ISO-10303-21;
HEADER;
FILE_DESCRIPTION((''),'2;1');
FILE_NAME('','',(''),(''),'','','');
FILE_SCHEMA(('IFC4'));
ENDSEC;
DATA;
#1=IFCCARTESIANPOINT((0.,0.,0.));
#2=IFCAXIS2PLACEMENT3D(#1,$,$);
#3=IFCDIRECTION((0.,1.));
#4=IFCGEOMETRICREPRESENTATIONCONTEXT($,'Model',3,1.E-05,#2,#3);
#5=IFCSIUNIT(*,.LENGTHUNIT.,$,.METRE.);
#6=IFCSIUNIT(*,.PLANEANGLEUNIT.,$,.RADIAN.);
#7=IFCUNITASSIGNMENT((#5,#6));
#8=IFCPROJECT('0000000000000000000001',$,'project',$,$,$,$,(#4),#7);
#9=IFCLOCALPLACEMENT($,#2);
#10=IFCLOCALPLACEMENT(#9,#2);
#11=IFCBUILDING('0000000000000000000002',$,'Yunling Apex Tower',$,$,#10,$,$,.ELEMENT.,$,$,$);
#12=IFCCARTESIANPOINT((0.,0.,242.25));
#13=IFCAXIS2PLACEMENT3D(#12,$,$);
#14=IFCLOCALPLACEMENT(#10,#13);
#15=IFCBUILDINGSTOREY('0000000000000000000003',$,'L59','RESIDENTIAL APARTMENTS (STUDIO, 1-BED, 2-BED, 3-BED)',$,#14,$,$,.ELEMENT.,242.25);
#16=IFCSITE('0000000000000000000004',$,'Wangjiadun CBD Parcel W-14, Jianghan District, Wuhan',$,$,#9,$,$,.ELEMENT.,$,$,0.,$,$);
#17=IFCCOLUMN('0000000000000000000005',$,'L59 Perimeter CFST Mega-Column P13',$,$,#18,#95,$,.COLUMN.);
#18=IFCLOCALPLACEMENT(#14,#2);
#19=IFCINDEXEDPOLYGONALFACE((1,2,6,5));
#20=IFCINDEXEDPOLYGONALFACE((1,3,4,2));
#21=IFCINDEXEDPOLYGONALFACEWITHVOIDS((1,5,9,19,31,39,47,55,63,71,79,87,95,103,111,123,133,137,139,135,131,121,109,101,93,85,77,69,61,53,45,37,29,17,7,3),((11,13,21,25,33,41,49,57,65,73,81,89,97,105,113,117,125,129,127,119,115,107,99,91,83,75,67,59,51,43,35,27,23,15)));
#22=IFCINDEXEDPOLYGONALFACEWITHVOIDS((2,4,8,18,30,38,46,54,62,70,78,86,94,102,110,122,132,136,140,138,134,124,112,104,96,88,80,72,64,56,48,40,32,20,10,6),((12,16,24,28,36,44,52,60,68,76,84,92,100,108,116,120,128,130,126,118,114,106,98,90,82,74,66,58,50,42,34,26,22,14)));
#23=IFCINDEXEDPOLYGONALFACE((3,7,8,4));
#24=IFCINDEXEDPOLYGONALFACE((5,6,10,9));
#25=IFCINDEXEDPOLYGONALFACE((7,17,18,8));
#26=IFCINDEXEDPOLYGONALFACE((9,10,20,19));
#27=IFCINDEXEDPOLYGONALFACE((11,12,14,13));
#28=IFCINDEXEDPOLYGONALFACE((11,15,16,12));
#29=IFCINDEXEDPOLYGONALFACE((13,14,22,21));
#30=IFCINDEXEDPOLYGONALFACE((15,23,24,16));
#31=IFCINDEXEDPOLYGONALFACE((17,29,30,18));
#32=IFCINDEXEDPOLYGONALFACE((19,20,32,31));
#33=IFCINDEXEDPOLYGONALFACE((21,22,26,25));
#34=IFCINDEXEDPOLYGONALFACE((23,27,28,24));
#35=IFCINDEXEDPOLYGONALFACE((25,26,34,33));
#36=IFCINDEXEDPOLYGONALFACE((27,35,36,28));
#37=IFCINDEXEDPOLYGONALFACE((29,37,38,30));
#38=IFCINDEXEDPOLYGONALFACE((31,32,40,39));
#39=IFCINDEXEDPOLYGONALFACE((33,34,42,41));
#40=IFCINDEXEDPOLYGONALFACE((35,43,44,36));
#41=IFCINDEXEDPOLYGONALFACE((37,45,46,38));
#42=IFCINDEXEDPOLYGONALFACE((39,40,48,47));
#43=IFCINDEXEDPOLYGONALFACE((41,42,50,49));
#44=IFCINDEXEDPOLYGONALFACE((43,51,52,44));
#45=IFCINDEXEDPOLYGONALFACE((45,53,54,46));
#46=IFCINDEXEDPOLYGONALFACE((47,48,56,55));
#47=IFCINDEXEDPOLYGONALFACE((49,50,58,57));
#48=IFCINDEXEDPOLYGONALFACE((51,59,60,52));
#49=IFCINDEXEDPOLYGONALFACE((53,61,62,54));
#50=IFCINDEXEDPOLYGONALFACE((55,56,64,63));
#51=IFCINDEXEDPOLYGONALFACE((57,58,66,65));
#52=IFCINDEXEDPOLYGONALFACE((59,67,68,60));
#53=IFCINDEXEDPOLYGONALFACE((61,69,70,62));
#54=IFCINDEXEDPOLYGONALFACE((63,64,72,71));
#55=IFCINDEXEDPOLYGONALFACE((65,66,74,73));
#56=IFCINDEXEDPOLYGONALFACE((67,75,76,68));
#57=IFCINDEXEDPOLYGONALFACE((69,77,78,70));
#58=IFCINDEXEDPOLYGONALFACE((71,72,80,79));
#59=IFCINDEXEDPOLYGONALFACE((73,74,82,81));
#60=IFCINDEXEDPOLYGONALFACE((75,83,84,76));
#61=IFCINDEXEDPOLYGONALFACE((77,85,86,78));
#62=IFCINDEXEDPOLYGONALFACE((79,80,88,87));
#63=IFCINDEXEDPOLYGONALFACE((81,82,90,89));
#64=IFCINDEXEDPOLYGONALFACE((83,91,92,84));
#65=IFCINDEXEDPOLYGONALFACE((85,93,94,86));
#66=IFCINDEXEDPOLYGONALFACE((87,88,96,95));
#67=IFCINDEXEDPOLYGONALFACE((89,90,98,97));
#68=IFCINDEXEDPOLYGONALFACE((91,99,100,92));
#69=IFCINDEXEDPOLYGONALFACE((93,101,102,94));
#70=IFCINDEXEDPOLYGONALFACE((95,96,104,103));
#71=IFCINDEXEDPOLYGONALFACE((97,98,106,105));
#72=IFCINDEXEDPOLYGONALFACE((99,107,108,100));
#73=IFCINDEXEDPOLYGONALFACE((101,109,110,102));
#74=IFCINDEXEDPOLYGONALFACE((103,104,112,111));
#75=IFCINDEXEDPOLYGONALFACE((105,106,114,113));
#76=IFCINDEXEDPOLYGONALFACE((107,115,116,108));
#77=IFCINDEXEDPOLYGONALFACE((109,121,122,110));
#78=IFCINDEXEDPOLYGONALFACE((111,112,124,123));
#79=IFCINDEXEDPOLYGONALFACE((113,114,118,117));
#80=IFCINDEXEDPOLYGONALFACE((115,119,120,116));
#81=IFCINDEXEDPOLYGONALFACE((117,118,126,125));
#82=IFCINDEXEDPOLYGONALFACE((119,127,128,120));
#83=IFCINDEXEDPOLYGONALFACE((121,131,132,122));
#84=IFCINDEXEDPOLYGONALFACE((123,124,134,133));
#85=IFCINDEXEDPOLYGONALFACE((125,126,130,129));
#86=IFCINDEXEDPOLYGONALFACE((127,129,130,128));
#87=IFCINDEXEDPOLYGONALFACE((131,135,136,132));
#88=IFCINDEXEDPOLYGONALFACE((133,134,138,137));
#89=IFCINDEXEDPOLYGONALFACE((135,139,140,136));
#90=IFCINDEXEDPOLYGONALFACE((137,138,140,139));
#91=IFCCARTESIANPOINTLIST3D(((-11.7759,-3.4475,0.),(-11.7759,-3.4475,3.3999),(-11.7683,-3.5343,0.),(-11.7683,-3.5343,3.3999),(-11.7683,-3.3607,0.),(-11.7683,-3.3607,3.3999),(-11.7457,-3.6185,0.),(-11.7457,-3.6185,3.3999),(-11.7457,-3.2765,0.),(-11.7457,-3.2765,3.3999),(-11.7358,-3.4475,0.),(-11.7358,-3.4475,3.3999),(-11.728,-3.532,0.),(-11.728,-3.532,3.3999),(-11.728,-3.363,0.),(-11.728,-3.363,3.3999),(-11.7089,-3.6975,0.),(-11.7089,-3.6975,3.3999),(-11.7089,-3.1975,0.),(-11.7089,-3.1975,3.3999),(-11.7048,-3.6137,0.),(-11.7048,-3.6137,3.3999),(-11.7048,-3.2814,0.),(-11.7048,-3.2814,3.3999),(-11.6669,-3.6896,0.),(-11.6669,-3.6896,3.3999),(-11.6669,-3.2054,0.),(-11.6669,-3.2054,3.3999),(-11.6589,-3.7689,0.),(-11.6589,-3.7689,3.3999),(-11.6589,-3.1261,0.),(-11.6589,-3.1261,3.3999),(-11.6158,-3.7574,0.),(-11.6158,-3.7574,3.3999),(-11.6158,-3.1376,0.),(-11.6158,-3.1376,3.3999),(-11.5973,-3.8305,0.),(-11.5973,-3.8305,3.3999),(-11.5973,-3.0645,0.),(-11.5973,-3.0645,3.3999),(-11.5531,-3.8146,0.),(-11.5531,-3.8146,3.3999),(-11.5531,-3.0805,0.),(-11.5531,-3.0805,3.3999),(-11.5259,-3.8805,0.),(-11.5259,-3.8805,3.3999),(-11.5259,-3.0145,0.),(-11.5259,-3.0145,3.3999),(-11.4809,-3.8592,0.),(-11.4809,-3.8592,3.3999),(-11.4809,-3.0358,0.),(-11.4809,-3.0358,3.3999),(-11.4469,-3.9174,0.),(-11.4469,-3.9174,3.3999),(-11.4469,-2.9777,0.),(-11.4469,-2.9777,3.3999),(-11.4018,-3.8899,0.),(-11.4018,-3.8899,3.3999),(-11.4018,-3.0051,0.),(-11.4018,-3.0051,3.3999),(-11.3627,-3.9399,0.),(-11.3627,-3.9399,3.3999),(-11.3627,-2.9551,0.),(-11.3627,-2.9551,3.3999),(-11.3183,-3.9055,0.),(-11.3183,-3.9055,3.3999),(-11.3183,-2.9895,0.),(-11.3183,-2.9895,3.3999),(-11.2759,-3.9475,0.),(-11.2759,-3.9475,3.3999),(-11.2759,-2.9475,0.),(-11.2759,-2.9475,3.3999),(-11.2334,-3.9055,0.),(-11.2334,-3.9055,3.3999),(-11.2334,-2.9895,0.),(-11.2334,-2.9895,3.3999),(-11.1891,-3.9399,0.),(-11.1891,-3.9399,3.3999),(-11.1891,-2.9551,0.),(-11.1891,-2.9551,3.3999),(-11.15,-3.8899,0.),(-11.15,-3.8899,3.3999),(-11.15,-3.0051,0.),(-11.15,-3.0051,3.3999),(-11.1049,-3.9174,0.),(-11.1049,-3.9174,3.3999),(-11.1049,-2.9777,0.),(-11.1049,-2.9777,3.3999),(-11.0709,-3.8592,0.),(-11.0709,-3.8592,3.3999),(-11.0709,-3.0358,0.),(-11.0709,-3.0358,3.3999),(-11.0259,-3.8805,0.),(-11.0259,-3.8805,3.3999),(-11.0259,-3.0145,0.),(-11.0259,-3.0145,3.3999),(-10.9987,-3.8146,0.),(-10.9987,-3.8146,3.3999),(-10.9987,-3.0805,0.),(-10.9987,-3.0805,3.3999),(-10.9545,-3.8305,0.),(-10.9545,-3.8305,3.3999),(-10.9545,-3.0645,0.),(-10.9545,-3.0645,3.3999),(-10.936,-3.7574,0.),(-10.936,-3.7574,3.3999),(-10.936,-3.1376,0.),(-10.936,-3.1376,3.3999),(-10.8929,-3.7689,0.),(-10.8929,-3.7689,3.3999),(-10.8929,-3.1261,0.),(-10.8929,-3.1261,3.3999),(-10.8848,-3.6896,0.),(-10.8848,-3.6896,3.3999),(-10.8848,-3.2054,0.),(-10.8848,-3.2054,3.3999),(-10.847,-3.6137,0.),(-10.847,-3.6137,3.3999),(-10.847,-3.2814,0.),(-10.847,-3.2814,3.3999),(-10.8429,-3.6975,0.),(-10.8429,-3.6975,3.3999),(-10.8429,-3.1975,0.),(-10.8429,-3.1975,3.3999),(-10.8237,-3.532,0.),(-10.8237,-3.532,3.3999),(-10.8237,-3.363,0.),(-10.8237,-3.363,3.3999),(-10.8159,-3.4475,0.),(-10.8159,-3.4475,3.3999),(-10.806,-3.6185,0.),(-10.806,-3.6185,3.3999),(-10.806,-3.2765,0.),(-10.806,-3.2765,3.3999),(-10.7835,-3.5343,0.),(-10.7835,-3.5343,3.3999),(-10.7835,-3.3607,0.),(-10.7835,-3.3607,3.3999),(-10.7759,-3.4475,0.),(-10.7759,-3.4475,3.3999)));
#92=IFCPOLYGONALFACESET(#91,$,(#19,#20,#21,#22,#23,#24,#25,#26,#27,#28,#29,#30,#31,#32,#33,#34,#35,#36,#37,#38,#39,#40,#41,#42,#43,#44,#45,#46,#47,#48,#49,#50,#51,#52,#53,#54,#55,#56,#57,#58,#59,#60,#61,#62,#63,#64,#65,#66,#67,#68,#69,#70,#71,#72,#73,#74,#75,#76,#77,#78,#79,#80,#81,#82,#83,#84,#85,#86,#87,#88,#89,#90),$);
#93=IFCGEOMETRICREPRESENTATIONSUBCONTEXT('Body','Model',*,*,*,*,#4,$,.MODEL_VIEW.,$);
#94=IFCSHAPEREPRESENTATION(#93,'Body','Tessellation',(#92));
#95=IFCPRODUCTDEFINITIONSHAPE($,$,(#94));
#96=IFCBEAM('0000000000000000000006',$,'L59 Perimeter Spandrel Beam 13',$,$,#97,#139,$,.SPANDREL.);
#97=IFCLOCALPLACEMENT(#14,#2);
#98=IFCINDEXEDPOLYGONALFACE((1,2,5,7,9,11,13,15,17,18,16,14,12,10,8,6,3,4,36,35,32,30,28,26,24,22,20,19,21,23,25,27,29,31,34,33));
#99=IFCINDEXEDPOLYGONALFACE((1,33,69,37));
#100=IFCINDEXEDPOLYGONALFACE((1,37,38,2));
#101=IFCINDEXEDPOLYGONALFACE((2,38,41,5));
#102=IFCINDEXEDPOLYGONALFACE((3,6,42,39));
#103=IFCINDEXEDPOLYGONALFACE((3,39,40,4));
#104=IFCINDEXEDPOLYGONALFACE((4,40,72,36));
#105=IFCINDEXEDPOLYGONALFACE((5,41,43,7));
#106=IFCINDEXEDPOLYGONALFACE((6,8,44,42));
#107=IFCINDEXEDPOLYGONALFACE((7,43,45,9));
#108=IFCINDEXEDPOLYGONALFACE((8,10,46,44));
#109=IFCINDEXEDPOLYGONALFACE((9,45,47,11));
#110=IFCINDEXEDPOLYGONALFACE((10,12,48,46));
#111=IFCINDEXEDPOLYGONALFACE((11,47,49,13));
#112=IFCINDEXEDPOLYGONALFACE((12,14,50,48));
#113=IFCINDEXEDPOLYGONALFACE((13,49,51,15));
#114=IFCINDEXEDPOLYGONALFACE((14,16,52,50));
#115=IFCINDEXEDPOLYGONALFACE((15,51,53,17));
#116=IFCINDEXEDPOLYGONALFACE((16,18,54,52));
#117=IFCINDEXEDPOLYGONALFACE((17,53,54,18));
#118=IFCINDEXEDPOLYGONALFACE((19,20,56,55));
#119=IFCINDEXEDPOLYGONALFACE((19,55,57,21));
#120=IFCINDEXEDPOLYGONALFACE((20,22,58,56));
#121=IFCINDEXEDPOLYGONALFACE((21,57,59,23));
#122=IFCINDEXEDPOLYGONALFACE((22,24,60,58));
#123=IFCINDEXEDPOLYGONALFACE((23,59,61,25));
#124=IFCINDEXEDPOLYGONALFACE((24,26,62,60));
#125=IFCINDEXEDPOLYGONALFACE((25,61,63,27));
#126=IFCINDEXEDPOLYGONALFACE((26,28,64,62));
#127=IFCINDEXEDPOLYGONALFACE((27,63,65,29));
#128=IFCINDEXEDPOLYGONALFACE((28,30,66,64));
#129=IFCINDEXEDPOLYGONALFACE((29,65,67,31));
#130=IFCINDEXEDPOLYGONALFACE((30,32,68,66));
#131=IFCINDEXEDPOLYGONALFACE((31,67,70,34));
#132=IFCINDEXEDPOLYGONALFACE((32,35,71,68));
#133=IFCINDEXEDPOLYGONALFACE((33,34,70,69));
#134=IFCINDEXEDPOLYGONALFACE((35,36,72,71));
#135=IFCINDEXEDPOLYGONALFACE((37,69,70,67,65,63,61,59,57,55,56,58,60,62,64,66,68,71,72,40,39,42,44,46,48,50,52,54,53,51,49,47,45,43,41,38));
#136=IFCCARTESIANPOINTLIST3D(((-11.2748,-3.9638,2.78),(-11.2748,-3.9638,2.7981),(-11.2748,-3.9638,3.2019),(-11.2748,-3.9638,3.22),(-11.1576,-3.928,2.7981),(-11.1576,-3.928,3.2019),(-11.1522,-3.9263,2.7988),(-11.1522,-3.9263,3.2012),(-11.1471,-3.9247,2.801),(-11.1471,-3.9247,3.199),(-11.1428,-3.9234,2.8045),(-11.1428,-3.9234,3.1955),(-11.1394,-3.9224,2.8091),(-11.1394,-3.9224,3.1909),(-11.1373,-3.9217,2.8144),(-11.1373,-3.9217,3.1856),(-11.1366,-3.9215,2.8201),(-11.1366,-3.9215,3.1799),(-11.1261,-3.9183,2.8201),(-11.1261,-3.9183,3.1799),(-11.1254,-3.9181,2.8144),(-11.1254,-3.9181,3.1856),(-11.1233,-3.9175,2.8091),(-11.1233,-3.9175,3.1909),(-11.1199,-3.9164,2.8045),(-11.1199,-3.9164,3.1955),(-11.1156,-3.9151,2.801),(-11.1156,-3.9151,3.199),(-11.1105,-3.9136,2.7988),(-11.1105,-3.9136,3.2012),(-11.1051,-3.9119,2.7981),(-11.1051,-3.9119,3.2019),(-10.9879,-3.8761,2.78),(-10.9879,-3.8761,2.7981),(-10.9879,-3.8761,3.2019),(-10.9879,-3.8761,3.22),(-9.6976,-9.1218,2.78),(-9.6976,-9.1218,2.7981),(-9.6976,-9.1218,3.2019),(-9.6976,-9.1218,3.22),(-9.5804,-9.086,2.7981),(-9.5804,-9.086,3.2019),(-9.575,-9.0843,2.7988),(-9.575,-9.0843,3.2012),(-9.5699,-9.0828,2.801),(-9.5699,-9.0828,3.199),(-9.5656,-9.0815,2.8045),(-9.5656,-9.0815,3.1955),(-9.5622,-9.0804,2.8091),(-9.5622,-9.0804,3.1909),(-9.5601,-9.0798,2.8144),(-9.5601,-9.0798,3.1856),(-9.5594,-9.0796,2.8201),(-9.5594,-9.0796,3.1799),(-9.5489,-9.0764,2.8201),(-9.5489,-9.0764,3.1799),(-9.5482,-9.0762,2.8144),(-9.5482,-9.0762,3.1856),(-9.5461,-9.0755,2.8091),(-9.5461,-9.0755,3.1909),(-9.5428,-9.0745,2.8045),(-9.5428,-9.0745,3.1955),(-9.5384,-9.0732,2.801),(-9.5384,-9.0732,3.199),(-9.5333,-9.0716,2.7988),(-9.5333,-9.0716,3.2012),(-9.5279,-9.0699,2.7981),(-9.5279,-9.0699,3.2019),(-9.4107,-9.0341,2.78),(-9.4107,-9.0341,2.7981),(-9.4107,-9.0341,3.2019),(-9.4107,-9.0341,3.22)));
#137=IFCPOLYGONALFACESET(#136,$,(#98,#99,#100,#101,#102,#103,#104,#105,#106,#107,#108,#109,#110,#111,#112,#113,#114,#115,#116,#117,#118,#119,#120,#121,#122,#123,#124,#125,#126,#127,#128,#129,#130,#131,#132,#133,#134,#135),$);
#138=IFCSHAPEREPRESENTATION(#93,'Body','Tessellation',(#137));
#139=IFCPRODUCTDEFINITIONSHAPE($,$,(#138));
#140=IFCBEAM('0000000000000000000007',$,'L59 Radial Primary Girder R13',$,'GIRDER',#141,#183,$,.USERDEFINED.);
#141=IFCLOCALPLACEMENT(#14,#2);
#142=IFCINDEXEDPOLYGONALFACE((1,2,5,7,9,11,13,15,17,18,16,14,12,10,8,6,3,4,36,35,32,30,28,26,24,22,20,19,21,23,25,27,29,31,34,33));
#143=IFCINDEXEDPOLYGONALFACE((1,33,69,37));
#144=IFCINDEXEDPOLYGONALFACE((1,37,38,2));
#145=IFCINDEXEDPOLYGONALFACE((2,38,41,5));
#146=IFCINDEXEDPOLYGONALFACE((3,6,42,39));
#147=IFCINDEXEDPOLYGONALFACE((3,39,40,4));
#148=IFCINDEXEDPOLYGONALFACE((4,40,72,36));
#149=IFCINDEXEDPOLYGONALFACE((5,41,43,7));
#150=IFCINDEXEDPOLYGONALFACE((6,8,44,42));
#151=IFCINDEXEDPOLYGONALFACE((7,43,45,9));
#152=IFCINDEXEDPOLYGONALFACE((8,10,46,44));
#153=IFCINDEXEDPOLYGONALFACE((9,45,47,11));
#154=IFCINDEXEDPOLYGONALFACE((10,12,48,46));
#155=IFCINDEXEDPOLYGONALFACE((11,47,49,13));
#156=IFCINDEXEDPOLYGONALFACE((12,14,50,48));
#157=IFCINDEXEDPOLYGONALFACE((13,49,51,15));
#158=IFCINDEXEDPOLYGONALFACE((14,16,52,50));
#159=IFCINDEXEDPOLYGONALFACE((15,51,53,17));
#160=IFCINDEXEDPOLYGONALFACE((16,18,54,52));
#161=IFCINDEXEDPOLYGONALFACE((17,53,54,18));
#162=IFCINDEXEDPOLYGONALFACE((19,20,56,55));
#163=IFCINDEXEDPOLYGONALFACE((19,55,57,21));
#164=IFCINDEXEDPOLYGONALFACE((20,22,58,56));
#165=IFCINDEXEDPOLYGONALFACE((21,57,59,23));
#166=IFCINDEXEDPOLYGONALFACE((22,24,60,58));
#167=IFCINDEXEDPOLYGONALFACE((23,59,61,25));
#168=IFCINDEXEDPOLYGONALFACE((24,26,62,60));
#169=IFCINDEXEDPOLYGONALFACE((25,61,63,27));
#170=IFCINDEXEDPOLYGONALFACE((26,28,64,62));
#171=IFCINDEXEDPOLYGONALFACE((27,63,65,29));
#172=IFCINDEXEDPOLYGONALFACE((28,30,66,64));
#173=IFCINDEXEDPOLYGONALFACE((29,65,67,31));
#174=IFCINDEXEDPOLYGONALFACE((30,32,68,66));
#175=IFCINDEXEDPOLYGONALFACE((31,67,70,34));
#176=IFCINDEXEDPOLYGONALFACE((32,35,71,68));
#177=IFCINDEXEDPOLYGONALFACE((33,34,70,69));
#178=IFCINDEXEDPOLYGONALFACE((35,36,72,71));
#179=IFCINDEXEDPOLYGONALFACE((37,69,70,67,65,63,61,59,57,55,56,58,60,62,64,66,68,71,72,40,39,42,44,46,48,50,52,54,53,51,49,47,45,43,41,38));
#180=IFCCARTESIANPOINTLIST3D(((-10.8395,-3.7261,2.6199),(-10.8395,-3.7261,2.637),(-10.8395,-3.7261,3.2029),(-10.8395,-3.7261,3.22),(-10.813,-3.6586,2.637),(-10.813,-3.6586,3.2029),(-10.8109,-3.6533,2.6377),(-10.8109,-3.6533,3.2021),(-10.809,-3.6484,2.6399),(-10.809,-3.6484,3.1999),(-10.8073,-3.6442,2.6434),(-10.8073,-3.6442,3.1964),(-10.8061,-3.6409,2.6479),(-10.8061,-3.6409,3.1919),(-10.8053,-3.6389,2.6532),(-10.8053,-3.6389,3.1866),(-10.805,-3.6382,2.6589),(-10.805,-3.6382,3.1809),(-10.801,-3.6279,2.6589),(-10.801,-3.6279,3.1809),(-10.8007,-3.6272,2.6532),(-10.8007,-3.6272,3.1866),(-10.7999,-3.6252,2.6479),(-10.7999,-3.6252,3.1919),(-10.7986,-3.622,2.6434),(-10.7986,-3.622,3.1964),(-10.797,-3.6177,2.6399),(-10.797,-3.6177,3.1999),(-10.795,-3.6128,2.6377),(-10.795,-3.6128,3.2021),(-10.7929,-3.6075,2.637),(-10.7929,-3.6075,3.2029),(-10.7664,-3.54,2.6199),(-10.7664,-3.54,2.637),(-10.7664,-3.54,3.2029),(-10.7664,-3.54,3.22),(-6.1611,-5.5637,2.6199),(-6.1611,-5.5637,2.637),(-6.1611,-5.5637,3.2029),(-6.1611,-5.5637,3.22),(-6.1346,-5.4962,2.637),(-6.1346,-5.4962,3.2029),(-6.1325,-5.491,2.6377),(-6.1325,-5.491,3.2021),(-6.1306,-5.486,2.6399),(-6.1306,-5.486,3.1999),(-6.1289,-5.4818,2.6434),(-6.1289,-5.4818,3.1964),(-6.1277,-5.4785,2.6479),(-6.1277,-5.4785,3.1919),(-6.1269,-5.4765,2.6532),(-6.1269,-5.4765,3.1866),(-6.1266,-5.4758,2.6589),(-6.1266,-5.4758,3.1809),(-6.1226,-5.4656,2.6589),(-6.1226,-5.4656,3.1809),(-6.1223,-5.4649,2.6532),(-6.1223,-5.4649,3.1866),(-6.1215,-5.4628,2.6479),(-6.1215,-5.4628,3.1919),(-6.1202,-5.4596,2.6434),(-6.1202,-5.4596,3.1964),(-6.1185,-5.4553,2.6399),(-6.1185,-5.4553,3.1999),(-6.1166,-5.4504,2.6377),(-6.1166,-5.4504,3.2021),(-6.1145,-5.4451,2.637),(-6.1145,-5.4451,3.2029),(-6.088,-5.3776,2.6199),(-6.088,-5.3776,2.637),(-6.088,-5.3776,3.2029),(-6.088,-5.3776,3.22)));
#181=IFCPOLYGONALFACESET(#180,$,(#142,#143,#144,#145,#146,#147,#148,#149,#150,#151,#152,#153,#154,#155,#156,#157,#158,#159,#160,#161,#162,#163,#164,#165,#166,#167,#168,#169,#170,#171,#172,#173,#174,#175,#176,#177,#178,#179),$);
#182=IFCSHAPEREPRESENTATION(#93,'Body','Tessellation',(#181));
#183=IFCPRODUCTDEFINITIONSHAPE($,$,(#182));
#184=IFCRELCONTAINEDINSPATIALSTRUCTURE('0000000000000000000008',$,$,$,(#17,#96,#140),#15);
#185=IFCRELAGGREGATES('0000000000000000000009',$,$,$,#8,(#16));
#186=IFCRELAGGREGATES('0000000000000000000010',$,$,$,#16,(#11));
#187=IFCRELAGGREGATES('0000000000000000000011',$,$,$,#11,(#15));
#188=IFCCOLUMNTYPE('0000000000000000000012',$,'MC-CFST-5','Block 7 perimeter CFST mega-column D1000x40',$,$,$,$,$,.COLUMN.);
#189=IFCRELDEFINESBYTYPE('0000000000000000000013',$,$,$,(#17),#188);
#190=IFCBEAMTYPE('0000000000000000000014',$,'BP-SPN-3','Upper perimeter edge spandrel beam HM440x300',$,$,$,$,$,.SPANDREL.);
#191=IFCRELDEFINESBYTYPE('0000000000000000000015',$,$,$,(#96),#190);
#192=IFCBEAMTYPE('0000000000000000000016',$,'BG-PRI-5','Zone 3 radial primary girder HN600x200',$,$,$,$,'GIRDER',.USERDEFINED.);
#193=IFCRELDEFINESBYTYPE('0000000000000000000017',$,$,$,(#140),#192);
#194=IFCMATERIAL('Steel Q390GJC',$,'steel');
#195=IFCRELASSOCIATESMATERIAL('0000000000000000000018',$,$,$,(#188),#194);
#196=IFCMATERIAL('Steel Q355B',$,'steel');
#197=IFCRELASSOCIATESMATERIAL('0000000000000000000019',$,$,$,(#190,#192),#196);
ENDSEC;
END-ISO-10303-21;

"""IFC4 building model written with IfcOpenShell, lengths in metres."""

from ifc_helpers import new_model, si_unit, direction, frame, origin, origin_2d, place, context, subcontext, project, spatial, hollow_circle, i_section, extrude, source, transform, mapped, material, material_profile, profile_set, type_object, element, save


model = new_model("IFC4")

# Units and contexts
model_context = context("Model", 3, precision=1e-05, world=origin(), true_north=direction((0.0, 1.0)))
body_context = subcontext(model_context, "Body", "Model", "MODEL_VIEW")
ifc_project = project(units=[si_unit("LENGTHUNIT", "METRE"), si_unit("PLANEANGLEUNIT", "RADIAN")], contexts=[model_context])

# Site, building, storey
site_placement = place(None, origin())
site = spatial("IfcSite", under=ifc_project, at=site_placement, Name="Wangjiadun CBD Parcel W-14, Jianghan District, Wuhan", CompositionType="ELEMENT", RefElevation=0.0)
building_placement = place(site_placement, origin())
building = spatial("IfcBuilding", under=site, at=building_placement, Name="Yunling Apex Tower", CompositionType="ELEMENT")
storey_placement = place(building_placement, frame((0.0, 0.0, 242.25)))
storey = spatial("IfcBuildingStorey", under=building, at=storey_placement, Name="L59", Description="RESIDENTIAL APARTMENTS (STUDIO, 1-BED, 2-BED, 3-BED)", CompositionType="ELEMENT", Elevation=242.25)

# Column
ifc_material_1 = material(Name="Steel Q390GJC", Category="steel")
ifc_material_profile_1 = material_profile(ifc_material_1, hollow_circle(Radius=0.5, WallThickness=0.04, at=origin_2d()))
ifc_profile_set_1 = profile_set([ifc_material_profile_1], Name="Steel Q390GJC")
column_type = type_object("IfcColumnType", Name="MC-CFST-5", Description="Block 7 perimeter CFST mega-column D1000x40", PredefinedType="COLUMN", material=ifc_profile_set_1)
shared_shape_1 = source(origin(), body_context, "Body", "SweptSolid", [
    extrude(hollow_circle(Radius=0.5, WallThickness=0.04, at=origin_2d()), origin(), (0.0, 0.0, 1.0), 3.3999),
])
column_placement = place(storey_placement, frame((-11.2759, -3.4475, 0.0), z_axis=(0.0, 0.0, 1.0), x_axis=(1.0, 0.0, 0.0)))
element("IfcColumn", 1, at=column_placement, inside=storey, type_object=column_type, Name="L59 Perimeter CFST Mega-Column P13", PredefinedType="COLUMN", context=body_context, shape_type="MappedRepresentation", body=[
    mapped(shared_shape_1, transform((0.0, 0.0, 0.0), scale=1.0)),
])

# Beams
ifc_material_2 = material(Name="Steel Q355B", Category="steel")
ifc_material_profile_2 = material_profile(ifc_material_2, i_section(OverallWidth=0.3, OverallDepth=0.4399, WebThickness=0.011, FlangeThickness=0.0181, FilletRadius=0.022, at=origin_2d()))
ifc_profile_set_2 = profile_set([ifc_material_profile_2], Name="Steel Q355B")
beam_type_1 = type_object("IfcBeamType", Name="BP-SPN-3", Description="Upper perimeter edge spandrel beam HM440x300", PredefinedType="SPANDREL", material=ifc_profile_set_2)
shared_shape_2 = source(origin(), body_context, "Body", "SweptSolid", [
    extrude(i_section(OverallWidth=0.3, OverallDepth=0.4399, WebThickness=0.011, FlangeThickness=0.0181, FilletRadius=0.022, at=origin_2d()), origin(), (0.0, 0.0, 1.0), 5.3938),
])
beam_1_placement = place(storey_placement, frame((-11.1313, -3.9199, 3.0), z_axis=(0.292406, -0.956294, 0.0), x_axis=(0.956294, 0.292406, 0.0)))
element("IfcBeam", 2, at=beam_1_placement, inside=storey, type_object=beam_type_1, Name="L59 Perimeter Spandrel Beam 13", PredefinedType="SPANDREL", context=body_context, shape_type="MappedRepresentation", body=[
    mapped(shared_shape_2, transform((0.0, 0.0, 0.0), scale=1.0)),
])
ifc_material_profile_3 = material_profile(ifc_material_2, i_section(OverallWidth=0.2, OverallDepth=0.6001, WebThickness=0.011, FlangeThickness=0.0171, FilletRadius=0.022, at=origin_2d()))
ifc_profile_set_3 = profile_set([ifc_material_profile_3], Name="Steel Q355B")
beam_type_2 = type_object("IfcBeamType", Name="BG-PRI-5", Description="Zone 3 radial primary girder HN600x200", ElementType="GIRDER", PredefinedType="USERDEFINED", material=ifc_profile_set_3)
shared_shape_3 = source(origin(), body_context, "Body", "SweptSolid", [
    extrude(i_section(OverallWidth=0.2, OverallDepth=0.6001, WebThickness=0.011, FlangeThickness=0.0171, FilletRadius=0.022, at=origin_2d()), origin(), (0.0, 0.0, 1.0), 5.0264),
])
beam_2_placement = place(storey_placement, frame((-10.803, -3.6331, 2.9199), z_axis=(0.930773, -0.365597, 0.0), x_axis=(0.365597, 0.930773, 0.0)))
element("IfcBeam", 3, at=beam_2_placement, inside=storey, type_object=beam_type_2, Name="L59 Radial Primary Girder R13", ObjectType="GIRDER", PredefinedType="USERDEFINED", context=body_context, shape_type="MappedRepresentation", body=[
    mapped(shared_shape_3, transform((0.0, 0.0, 0.0), scale=1.0)),
])

save(model, "model.ifc")
